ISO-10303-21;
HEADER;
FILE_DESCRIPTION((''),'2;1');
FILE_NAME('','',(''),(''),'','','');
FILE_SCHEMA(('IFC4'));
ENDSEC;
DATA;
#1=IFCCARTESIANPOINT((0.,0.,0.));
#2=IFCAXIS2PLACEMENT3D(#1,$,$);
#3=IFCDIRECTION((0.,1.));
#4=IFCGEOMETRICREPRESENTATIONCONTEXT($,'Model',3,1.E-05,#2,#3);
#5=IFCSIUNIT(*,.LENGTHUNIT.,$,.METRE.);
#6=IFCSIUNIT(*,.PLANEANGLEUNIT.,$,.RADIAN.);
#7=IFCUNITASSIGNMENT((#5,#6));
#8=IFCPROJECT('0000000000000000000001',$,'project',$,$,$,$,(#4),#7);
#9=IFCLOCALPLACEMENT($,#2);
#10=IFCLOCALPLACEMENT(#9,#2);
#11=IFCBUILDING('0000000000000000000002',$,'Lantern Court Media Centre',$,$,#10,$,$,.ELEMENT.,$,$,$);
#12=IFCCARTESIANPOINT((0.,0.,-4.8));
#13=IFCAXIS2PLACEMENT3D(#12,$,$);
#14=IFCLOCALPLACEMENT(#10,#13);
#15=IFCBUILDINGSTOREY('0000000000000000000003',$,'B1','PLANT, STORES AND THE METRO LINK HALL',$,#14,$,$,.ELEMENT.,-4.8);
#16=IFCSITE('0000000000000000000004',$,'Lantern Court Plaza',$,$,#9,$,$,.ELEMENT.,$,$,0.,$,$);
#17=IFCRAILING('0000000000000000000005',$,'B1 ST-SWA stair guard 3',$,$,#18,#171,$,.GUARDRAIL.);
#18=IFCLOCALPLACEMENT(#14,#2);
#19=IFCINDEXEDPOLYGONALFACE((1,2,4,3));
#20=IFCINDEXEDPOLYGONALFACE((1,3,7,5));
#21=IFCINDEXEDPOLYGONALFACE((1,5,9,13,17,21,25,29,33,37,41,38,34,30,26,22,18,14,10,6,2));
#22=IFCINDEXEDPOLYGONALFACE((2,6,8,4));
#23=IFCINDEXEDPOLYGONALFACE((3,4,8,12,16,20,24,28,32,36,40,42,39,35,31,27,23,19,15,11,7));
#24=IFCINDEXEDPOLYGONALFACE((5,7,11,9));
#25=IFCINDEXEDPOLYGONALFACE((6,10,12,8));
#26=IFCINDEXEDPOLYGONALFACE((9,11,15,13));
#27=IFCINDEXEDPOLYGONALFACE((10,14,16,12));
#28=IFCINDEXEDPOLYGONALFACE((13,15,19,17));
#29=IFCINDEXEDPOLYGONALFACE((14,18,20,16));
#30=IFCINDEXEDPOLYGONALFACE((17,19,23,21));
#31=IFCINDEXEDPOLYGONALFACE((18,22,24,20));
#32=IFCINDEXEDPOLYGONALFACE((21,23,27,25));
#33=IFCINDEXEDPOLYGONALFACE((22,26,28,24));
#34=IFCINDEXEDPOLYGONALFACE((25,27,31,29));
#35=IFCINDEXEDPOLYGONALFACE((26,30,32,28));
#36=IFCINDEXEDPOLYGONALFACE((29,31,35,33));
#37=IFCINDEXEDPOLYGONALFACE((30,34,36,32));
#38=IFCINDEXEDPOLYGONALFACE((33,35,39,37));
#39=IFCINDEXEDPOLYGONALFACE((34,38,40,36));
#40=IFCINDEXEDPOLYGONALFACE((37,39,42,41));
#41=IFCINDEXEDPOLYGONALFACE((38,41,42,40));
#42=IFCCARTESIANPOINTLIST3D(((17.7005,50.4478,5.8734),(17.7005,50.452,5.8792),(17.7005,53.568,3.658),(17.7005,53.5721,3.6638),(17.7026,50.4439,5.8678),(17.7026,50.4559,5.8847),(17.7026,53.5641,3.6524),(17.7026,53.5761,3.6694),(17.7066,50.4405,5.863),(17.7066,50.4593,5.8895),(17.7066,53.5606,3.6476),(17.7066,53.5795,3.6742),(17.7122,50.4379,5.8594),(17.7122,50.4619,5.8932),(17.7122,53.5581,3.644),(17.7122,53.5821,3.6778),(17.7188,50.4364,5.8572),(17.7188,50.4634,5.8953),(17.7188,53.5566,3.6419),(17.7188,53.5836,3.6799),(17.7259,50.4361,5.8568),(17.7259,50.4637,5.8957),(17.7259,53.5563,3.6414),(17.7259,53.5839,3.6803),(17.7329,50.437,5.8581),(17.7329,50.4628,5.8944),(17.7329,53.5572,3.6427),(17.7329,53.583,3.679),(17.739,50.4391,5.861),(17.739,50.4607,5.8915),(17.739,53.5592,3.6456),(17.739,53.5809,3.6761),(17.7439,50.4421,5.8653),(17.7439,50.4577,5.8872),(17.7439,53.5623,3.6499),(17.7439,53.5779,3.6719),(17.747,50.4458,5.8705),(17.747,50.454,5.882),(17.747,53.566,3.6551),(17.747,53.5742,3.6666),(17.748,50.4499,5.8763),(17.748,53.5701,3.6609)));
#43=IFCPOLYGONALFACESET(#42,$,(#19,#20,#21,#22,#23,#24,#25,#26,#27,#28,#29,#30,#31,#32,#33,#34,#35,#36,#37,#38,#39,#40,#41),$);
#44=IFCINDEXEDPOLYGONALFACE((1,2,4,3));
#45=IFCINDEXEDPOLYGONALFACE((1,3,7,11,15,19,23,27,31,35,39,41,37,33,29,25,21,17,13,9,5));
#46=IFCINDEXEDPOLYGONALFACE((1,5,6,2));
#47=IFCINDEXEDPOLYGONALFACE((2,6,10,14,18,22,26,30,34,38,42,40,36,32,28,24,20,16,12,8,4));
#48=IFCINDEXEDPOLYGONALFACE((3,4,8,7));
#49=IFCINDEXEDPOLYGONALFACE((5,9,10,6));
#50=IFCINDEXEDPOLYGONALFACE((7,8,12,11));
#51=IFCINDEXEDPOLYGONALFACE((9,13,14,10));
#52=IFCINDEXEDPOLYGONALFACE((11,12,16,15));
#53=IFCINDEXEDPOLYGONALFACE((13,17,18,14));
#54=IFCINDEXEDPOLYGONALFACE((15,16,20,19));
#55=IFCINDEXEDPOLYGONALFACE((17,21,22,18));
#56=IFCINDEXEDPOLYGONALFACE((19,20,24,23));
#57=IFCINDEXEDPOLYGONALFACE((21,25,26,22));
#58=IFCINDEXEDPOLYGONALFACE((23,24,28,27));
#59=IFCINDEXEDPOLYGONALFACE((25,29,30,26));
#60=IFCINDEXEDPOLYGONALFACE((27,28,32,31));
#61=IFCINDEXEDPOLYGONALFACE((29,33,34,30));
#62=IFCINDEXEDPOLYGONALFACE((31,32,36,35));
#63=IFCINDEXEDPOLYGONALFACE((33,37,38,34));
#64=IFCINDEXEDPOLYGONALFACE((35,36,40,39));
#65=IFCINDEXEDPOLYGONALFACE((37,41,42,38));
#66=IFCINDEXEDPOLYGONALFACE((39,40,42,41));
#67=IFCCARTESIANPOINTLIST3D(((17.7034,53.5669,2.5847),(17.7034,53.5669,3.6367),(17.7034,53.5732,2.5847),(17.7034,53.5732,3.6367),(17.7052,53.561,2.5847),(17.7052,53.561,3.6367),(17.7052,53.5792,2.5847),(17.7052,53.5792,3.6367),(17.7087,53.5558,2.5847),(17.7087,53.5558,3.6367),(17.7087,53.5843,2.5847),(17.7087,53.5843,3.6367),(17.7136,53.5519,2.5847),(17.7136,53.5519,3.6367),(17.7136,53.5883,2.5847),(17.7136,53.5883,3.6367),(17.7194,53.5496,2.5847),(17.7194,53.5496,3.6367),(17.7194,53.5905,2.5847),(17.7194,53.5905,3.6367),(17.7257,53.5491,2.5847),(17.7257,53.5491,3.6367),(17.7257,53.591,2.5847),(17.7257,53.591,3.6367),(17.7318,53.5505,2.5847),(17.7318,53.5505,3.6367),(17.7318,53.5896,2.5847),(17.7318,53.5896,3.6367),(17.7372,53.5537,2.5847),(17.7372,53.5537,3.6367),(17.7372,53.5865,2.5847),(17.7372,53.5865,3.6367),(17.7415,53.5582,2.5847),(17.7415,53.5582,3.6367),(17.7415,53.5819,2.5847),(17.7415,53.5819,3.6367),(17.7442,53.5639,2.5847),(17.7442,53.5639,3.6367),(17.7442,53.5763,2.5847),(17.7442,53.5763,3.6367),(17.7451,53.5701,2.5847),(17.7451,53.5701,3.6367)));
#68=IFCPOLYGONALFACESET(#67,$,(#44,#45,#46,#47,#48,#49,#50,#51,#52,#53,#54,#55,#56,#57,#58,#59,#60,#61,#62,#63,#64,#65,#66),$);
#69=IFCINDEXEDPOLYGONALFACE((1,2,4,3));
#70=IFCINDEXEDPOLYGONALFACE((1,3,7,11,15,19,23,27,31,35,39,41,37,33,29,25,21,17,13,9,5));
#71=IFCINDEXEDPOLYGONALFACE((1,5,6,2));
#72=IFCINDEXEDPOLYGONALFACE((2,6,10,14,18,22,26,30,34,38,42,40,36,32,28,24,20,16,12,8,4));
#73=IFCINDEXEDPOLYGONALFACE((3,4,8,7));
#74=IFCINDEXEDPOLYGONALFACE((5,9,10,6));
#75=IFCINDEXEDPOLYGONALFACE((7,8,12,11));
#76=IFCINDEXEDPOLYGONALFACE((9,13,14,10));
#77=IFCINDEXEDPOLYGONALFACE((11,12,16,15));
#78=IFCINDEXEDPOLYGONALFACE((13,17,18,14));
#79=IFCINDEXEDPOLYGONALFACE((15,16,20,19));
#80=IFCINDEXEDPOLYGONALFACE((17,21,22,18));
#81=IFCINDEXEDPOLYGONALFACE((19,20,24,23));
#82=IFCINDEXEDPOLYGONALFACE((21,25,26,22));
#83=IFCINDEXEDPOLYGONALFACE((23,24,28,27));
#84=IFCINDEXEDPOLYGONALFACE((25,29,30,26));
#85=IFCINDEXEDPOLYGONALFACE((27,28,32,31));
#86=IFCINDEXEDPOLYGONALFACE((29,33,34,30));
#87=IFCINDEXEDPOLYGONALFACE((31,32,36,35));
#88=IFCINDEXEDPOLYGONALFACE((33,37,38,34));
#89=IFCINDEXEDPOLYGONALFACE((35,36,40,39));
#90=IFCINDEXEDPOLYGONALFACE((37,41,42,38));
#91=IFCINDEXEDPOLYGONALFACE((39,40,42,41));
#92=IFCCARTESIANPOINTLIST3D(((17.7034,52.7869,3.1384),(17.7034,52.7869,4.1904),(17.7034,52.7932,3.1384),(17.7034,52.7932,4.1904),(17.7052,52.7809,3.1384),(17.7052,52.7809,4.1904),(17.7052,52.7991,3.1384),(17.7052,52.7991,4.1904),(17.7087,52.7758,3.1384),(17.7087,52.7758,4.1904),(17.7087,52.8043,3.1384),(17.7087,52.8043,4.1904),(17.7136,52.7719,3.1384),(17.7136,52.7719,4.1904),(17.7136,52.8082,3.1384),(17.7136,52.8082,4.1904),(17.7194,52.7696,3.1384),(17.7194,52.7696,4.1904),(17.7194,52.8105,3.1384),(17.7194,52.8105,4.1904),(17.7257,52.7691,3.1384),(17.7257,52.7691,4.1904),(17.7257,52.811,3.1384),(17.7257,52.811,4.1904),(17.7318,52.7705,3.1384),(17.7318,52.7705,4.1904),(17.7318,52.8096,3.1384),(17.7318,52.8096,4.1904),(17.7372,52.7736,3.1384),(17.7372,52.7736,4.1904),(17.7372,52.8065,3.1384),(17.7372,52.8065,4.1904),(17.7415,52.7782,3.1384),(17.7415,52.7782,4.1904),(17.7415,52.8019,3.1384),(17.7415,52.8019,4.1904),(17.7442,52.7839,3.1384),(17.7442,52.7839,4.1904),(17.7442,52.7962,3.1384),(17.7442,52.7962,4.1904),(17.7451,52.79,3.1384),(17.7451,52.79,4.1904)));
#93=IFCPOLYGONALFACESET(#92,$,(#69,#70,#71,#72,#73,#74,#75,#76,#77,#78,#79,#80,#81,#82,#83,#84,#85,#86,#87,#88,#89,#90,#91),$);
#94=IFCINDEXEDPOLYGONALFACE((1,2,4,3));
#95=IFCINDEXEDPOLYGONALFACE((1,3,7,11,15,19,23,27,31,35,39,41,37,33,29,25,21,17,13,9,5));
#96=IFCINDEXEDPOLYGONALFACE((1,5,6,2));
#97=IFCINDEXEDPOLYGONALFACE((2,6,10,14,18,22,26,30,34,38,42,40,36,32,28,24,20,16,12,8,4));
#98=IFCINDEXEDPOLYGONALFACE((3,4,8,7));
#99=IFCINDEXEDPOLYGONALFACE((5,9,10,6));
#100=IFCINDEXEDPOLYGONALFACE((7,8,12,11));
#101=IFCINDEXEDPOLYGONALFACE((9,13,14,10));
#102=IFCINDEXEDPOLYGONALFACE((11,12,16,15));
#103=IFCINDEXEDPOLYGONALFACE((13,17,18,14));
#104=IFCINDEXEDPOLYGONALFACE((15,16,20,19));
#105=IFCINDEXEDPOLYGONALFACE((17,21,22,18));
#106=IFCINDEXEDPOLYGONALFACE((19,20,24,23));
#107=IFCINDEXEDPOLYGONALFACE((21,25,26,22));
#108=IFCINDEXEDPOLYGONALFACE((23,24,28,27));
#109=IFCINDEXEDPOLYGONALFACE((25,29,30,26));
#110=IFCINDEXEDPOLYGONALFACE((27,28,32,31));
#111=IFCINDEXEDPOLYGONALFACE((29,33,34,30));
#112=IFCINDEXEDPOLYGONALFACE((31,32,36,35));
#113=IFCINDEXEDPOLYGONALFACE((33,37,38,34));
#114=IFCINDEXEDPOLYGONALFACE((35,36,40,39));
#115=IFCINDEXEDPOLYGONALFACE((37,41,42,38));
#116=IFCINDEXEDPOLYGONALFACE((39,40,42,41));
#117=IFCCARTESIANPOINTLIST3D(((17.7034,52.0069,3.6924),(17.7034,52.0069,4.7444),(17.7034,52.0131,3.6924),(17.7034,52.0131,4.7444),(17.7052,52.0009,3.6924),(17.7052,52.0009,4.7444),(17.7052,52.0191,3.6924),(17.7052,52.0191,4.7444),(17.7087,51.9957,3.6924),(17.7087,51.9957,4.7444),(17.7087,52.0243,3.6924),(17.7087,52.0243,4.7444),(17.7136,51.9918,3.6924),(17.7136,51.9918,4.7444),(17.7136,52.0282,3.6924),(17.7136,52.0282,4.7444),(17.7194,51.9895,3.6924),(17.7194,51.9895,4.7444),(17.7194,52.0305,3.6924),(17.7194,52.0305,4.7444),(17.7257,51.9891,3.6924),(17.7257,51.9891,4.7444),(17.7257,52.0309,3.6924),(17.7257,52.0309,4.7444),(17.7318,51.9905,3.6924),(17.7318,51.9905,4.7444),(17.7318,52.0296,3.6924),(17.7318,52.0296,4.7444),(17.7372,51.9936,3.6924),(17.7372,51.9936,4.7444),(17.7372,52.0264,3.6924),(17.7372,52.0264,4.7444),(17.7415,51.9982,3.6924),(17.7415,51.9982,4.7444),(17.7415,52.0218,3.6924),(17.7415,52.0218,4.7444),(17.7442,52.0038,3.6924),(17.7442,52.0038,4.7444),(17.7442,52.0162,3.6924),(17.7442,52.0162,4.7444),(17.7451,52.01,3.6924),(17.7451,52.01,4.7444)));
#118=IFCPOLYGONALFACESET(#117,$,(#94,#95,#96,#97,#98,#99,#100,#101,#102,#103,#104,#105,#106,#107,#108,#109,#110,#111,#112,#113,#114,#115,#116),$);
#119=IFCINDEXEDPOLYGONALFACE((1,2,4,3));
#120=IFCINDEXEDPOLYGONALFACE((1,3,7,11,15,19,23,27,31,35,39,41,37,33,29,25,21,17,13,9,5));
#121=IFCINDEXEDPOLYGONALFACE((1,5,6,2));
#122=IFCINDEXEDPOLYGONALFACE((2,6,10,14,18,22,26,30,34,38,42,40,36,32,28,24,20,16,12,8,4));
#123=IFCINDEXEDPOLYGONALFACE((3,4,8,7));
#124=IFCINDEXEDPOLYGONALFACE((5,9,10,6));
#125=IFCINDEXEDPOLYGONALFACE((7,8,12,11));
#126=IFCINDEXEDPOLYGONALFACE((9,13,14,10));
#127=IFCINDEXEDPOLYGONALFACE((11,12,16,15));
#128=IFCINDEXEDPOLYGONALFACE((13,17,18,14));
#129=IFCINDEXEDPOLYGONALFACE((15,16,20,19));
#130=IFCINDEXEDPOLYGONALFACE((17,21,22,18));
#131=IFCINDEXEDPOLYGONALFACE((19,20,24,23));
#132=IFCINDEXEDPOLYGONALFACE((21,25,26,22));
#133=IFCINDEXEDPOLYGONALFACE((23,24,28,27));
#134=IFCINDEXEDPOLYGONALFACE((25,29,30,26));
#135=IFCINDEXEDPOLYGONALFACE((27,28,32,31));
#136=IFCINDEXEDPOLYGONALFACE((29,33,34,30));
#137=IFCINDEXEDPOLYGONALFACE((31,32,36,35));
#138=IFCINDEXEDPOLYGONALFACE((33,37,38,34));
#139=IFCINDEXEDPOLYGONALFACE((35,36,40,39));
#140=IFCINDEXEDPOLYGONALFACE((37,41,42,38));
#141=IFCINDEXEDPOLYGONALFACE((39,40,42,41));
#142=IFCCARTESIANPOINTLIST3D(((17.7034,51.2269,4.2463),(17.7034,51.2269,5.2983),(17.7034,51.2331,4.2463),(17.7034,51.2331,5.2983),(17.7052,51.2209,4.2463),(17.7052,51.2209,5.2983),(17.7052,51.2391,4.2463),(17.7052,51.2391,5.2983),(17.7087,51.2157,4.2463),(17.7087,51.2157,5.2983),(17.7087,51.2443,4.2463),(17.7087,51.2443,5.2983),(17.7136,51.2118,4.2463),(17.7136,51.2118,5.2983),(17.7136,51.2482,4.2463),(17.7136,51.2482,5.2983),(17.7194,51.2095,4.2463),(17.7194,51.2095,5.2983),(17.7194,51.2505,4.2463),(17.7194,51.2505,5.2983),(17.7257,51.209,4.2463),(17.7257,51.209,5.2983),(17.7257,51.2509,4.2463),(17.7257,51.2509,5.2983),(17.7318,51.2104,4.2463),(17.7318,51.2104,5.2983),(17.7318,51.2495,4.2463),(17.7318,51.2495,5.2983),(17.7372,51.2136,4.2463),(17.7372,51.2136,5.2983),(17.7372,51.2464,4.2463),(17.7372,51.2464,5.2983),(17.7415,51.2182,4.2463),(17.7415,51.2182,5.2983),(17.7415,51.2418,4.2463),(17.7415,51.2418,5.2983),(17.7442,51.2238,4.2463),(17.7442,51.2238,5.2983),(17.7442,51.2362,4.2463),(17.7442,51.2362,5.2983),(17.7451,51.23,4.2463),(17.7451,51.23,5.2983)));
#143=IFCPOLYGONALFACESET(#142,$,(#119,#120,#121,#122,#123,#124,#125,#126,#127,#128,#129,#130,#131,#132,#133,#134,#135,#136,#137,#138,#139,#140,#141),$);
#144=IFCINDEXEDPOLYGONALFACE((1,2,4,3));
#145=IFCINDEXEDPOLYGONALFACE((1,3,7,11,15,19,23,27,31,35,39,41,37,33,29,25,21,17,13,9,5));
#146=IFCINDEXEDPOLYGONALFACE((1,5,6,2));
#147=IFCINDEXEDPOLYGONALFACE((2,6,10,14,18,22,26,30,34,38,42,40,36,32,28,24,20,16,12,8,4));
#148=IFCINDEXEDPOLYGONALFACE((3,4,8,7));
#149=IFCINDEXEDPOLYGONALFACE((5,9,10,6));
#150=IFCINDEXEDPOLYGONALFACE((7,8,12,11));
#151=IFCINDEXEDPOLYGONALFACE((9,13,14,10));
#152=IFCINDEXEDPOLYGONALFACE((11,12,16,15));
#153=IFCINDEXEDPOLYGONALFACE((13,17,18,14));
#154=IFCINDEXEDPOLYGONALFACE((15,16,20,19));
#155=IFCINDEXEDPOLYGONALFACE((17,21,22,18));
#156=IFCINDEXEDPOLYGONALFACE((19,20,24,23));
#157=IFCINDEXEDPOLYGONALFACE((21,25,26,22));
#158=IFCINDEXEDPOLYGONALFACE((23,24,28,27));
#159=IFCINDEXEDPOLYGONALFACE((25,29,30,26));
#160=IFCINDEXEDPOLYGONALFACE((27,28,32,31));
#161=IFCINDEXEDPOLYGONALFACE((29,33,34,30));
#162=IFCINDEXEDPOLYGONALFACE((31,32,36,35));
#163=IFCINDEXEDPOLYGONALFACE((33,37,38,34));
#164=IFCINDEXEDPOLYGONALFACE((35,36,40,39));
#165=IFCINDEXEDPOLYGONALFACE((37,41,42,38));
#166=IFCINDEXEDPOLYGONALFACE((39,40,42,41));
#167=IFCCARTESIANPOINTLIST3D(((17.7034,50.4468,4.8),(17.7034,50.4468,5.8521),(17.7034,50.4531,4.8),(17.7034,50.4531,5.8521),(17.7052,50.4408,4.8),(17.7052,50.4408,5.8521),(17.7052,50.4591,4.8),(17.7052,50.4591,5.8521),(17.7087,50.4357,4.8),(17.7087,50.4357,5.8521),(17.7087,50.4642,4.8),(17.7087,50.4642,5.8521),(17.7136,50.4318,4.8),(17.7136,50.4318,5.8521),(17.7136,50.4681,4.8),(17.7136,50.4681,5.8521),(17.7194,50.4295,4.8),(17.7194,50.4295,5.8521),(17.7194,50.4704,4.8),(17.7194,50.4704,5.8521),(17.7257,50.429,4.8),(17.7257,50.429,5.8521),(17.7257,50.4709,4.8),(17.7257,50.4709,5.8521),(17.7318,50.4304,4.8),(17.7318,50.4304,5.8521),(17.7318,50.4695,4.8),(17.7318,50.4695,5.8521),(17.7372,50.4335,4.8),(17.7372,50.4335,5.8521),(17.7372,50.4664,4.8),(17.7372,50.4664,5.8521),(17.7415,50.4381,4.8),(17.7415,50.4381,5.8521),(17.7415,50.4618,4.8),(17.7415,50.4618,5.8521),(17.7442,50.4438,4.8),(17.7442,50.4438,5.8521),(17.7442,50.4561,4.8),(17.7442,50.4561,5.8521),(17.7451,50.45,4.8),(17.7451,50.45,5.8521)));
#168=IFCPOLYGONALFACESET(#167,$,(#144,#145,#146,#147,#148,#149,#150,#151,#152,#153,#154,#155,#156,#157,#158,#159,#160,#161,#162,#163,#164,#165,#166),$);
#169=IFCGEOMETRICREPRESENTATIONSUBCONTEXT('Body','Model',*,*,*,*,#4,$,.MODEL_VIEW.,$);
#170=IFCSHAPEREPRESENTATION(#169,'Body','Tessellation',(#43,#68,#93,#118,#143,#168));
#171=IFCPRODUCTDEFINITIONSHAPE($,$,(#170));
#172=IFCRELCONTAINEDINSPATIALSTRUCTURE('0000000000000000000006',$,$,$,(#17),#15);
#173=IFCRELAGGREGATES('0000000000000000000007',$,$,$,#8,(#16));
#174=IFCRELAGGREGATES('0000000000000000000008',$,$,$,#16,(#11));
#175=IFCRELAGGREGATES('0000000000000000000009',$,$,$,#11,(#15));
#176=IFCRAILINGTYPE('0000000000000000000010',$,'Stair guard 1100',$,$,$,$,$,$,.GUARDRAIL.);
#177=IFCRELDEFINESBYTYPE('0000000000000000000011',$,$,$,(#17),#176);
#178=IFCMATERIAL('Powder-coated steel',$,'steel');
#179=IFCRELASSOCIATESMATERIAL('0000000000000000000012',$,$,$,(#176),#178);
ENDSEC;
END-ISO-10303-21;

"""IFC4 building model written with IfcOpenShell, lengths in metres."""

from ifc_helpers import new_model, si_unit, direction, frame, origin, origin_2d, place, context, subcontext, project, spatial, circle, extrude, material, type_object, element, save


model = new_model("IFC4")

# Units and contexts
model_context = context("Model", 3, precision=1e-05, world=origin(), true_north=direction((0.0, 1.0)))
body_context = subcontext(model_context, "Body", "Model", "MODEL_VIEW")
ifc_project = project(units=[si_unit("LENGTHUNIT", "METRE"), si_unit("PLANEANGLEUNIT", "RADIAN")], contexts=[model_context])

# Site, building, storey
site_placement = place(None, origin())
site = spatial("IfcSite", under=ifc_project, at=site_placement, Name="Lantern Court Plaza", CompositionType="ELEMENT", RefElevation=0.0)
building_placement = place(site_placement, origin())
building = spatial("IfcBuilding", under=site, at=building_placement, Name="Lantern Court Media Centre", CompositionType="ELEMENT")
storey_placement = place(building_placement, frame((0.0, 0.0, -4.8)))
storey = spatial("IfcBuildingStorey", under=building, at=storey_placement, Name="B1", Description="PLANT, STORES AND THE METRO LINK HALL", CompositionType="ELEMENT", Elevation=-4.8)

# Railing
ifc_material_1 = material(Name="Powder-coated steel", Category="steel")
railing_type_1 = type_object("IfcRailingType", Name="Stair guard 1100", PredefinedType="GUARDRAIL", material=ifc_material_1)
railing_1_placement = place(storey_placement, frame((17.7241, 53.5701, 2.5847)))
element("IfcRailing", 1, at=railing_1_placement, inside=storey, type_object=railing_type_1, Name="B1 ST-SWA stair guard 3", PredefinedType="GUARDRAIL", context=body_context, shape_type="SweptSolid", body=[
    extrude(circle(Radius=0.0239, at=origin_2d()), frame((0.0, 0.0, 1.0762), z_axis=(0.0, -0.815377, 0.57893), x_axis=(1.0, 0.0, 0.0)), (0.0, 0.0, 1.0), 3.8267),
    extrude(circle(Radius=0.021, at=origin_2d()), origin(), (0.0, 0.0, 1.0), 1.052),
    extrude(circle(Radius=0.021, at=origin_2d()), frame((0.0, -0.78, 0.5537)), (0.0, 0.0, 1.0), 1.052),
    extrude(circle(Radius=0.021, at=origin_2d()), frame((0.0, -1.5601, 1.1077)), (0.0, 0.0, 1.0), 1.052),
    extrude(circle(Radius=0.021, at=origin_2d()), frame((0.0, -2.3401, 1.6616)), (0.0, 0.0, 1.0), 1.052),
    extrude(circle(Radius=0.021, at=origin_2d()), frame((0.0, -3.1201, 2.2153)), (0.0, 0.0, 1.0), 1.052),
])

save(model, "model.ifc")
